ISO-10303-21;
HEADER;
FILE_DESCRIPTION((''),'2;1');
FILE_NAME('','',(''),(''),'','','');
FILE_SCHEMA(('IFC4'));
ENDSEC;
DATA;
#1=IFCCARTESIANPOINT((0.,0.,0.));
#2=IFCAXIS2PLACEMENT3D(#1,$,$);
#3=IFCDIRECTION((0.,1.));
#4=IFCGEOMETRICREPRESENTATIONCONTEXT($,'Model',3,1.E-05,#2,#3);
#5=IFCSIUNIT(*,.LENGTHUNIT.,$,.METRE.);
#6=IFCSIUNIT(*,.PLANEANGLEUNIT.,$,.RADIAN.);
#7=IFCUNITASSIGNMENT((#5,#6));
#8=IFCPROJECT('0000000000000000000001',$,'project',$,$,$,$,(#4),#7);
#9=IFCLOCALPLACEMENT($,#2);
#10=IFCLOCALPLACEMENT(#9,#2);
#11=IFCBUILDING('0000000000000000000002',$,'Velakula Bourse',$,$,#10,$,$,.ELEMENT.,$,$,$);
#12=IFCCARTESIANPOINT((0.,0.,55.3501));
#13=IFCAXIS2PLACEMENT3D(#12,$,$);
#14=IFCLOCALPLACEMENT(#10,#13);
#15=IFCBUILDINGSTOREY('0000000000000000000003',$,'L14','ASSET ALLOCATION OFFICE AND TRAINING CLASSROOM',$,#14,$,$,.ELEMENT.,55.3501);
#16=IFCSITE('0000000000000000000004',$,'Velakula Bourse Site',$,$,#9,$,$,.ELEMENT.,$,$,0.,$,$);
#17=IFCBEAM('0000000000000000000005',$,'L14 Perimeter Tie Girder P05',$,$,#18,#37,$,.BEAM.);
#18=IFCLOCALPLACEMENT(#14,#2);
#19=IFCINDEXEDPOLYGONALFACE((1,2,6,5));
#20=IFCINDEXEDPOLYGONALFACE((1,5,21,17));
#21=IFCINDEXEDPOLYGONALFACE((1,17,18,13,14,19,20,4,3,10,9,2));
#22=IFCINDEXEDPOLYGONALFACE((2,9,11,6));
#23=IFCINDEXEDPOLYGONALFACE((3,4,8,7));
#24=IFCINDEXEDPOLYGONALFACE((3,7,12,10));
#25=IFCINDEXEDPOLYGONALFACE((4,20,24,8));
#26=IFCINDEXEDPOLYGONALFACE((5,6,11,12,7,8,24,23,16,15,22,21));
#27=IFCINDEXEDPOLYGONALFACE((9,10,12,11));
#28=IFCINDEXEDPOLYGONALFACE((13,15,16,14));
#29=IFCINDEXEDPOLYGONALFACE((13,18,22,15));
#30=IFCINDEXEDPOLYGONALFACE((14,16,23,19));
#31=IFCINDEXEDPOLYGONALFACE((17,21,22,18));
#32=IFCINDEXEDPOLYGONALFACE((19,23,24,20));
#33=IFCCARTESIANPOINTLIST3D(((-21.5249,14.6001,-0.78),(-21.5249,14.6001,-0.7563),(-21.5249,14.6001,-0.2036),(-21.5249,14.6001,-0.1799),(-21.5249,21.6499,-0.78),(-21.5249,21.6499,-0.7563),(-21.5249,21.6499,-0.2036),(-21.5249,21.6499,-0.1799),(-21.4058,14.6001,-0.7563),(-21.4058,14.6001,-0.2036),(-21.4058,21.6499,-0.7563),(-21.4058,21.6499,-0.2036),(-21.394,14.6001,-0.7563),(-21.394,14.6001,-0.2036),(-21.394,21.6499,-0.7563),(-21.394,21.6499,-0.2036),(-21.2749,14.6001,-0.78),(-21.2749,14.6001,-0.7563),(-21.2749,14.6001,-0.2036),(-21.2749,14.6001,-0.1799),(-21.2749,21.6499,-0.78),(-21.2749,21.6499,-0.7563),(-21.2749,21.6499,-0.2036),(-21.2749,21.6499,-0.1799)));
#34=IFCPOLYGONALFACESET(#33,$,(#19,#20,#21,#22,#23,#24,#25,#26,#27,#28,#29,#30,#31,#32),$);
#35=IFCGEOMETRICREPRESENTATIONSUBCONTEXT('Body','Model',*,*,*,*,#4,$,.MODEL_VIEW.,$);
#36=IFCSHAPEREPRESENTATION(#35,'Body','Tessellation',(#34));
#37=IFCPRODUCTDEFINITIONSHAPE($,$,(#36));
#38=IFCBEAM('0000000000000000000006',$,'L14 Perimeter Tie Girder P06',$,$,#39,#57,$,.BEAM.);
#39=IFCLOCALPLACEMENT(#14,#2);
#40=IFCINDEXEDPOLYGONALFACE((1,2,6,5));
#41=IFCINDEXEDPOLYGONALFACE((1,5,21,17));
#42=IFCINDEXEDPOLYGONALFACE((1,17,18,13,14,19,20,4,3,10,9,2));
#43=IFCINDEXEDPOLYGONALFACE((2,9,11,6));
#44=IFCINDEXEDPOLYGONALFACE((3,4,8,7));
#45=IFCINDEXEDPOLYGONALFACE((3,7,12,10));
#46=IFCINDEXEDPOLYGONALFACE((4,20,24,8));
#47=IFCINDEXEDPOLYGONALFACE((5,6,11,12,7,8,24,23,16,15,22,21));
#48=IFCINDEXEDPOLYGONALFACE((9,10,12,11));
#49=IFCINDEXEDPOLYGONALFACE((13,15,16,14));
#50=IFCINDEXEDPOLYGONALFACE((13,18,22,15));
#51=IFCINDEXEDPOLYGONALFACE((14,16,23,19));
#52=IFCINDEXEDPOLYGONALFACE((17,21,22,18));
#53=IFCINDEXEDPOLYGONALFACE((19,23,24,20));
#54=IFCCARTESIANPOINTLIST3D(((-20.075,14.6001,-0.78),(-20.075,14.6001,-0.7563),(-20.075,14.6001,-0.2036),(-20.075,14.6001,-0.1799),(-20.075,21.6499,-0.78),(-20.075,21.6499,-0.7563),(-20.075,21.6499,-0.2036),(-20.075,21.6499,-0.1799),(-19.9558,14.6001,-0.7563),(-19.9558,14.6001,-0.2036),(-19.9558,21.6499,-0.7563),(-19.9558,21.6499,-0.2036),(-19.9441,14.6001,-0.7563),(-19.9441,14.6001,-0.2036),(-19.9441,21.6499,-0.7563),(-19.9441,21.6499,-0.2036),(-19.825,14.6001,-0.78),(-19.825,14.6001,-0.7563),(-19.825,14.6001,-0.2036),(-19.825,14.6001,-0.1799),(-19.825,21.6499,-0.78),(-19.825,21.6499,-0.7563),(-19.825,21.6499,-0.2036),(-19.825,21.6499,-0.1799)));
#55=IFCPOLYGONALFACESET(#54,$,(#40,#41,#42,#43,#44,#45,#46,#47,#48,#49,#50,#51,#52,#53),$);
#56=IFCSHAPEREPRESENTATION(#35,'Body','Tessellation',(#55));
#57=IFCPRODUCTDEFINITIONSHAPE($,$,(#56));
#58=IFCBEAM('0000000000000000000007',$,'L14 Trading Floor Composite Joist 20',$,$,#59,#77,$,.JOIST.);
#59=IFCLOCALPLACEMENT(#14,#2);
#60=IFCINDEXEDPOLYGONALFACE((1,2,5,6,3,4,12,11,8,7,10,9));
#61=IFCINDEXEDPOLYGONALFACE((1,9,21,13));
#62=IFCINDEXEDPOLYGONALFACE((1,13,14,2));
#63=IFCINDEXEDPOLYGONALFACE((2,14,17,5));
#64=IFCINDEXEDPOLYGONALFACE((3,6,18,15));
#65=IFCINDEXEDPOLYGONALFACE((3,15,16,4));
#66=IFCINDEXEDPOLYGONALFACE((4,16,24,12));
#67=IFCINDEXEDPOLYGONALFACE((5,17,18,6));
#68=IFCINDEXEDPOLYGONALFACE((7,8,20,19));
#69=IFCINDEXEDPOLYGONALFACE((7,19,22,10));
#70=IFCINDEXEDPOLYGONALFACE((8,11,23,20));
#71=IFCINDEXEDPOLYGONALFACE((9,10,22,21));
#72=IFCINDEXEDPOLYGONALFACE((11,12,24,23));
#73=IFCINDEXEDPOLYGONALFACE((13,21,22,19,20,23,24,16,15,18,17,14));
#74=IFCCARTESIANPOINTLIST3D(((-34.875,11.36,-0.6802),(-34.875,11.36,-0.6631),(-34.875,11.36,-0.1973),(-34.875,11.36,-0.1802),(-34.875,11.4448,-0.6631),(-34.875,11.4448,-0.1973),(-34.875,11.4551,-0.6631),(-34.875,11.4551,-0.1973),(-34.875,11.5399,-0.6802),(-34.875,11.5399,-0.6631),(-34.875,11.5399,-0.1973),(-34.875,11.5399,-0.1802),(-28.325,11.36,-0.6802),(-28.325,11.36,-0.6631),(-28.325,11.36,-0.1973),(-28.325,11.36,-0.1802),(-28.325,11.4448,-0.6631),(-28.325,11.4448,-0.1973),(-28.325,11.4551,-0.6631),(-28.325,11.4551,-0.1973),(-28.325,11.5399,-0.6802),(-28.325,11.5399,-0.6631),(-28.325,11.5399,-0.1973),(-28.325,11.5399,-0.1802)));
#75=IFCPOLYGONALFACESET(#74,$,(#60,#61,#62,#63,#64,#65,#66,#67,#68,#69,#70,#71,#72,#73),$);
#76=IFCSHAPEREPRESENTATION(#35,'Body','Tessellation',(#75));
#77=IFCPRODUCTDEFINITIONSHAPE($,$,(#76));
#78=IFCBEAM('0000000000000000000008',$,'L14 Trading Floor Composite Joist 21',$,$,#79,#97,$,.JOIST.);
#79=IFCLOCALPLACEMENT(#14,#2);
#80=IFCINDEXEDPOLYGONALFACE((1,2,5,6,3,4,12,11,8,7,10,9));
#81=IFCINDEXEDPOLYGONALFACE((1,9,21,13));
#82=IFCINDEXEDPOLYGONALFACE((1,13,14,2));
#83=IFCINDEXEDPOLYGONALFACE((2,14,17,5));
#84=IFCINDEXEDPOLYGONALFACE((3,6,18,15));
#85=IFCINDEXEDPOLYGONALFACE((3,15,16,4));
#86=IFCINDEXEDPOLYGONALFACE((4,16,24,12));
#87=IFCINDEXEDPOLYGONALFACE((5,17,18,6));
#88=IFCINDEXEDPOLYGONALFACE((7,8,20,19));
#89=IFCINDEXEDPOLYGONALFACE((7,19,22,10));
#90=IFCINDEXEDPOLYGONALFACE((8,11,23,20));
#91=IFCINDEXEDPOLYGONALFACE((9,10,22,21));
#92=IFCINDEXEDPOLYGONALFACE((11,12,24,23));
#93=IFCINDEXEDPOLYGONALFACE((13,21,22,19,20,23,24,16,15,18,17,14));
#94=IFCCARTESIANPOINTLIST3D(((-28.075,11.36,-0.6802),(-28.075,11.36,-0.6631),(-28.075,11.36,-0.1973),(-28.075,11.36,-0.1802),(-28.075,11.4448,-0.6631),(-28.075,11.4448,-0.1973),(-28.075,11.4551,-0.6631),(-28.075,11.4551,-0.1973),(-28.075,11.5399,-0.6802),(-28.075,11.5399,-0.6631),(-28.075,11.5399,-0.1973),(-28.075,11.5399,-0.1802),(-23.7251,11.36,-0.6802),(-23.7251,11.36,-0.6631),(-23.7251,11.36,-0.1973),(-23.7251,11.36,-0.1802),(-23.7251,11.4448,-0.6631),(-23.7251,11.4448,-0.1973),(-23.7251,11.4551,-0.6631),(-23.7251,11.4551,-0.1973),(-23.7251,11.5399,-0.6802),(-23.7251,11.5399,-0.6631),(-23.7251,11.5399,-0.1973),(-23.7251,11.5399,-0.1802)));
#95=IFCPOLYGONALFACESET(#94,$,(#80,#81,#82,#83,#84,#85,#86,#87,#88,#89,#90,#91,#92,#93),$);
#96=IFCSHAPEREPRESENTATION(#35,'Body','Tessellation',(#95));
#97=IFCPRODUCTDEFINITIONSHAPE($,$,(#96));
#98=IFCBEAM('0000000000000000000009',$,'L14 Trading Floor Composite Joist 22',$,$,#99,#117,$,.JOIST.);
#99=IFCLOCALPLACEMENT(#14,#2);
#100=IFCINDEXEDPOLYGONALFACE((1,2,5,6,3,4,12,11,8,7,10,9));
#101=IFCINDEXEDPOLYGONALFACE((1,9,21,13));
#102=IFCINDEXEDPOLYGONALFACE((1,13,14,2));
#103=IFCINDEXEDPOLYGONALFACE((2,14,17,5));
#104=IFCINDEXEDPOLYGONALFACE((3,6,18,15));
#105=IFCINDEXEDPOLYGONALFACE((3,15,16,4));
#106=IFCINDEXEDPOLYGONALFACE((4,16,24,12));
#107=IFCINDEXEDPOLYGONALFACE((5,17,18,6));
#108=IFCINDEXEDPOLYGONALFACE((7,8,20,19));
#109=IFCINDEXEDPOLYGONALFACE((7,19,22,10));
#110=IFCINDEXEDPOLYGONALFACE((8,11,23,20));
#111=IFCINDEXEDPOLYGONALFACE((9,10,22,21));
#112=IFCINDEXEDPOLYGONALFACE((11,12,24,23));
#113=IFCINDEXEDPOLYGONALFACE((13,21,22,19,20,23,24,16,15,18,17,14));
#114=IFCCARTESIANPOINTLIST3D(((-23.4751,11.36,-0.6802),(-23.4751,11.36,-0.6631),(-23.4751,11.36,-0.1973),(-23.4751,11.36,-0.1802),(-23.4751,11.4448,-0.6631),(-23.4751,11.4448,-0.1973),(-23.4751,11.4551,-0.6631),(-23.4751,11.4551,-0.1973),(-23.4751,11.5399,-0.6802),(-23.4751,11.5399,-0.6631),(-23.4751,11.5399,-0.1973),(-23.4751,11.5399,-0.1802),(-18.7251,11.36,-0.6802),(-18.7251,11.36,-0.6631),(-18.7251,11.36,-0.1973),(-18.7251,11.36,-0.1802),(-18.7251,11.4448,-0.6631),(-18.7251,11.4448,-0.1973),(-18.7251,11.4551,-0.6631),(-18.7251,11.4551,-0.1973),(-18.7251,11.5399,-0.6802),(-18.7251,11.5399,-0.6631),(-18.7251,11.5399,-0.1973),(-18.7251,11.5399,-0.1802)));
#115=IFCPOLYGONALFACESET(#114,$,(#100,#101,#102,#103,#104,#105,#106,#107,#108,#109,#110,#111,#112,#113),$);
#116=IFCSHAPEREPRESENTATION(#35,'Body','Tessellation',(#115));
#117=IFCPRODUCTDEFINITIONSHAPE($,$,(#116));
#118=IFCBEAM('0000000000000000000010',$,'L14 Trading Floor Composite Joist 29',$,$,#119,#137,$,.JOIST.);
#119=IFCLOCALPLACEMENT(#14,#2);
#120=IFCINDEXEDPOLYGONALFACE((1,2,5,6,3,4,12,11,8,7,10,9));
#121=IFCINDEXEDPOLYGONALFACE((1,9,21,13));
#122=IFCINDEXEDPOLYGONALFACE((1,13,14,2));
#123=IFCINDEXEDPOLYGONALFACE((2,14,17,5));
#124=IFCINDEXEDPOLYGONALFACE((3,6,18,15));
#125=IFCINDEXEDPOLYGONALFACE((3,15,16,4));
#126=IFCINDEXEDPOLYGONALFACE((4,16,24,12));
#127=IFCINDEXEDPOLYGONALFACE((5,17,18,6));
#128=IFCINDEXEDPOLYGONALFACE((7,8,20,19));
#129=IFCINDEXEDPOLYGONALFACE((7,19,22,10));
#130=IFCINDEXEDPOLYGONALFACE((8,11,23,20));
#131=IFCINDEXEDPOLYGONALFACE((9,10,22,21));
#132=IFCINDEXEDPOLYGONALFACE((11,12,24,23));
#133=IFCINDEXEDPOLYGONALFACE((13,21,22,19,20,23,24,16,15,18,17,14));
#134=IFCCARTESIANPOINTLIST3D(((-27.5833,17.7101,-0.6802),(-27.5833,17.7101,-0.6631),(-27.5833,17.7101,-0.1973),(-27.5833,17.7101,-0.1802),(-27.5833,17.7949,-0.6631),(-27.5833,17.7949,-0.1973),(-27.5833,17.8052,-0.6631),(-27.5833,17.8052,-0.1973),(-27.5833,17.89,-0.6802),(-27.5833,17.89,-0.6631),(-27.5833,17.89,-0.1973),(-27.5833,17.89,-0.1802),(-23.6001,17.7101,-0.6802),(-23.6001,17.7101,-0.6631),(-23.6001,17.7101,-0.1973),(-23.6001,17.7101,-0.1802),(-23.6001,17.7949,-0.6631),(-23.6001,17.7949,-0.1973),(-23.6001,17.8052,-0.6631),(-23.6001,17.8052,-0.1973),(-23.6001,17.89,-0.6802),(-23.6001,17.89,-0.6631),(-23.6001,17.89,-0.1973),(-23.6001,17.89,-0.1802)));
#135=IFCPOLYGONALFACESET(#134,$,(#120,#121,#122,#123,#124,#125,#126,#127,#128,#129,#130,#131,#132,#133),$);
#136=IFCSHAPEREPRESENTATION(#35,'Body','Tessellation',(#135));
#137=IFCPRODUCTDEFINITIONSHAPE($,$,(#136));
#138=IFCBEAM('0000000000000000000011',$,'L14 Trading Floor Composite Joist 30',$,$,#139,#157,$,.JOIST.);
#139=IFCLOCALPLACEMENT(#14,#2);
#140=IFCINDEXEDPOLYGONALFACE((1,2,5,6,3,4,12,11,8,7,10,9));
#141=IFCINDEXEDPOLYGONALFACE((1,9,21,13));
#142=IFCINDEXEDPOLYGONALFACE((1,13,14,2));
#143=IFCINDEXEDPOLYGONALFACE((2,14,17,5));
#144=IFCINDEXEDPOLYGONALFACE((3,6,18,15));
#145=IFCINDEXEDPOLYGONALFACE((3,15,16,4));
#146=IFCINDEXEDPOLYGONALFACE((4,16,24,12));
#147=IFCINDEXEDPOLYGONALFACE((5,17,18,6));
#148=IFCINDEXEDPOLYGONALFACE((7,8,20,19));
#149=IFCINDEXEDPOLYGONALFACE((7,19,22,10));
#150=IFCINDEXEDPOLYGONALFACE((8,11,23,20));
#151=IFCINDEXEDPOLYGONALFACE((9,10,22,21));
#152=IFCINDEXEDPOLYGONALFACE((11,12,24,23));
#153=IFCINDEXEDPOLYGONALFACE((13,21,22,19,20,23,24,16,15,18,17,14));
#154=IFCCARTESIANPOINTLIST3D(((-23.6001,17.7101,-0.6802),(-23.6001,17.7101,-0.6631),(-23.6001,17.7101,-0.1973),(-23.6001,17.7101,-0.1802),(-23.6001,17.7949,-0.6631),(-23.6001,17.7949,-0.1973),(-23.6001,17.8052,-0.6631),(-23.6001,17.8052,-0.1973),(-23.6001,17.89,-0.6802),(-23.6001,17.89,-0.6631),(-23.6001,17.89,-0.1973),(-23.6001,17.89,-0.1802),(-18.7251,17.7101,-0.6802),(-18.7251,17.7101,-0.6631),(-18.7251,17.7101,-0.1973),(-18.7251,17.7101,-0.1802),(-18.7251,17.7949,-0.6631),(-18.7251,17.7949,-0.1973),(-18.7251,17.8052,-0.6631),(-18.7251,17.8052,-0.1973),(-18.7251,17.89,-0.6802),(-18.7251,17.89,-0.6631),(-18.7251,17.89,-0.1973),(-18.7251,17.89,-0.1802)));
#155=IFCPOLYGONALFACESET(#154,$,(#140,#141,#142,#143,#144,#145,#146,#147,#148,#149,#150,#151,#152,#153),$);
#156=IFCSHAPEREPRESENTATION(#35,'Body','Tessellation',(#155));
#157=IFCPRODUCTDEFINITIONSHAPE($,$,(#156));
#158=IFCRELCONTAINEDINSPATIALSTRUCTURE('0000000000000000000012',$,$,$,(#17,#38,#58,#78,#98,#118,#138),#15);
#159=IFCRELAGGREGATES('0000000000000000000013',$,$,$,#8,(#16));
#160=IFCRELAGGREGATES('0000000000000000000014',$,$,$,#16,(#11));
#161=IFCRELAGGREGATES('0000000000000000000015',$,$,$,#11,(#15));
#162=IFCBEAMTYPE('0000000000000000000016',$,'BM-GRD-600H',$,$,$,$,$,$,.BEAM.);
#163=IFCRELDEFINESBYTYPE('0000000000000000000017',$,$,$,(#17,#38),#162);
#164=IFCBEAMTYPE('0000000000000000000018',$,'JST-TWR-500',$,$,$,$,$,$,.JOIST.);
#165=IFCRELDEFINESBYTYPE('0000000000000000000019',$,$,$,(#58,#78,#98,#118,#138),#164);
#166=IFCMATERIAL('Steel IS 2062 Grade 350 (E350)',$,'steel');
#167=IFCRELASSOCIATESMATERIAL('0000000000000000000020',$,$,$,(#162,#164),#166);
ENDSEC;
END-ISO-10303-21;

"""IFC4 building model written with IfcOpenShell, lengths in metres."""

from ifc_helpers import new_model, si_unit, direction, frame, origin, origin_2d, place, context, subcontext, project, spatial, i_section, extrude, material, material_profile, profile_set, type_object, element, save


model = new_model("IFC4")

# Units and contexts
model_context = context("Model", 3, precision=1e-05, world=origin(), true_north=direction((0.0, 1.0)))
body_context = subcontext(model_context, "Body", "Model", "MODEL_VIEW")
ifc_project = project(units=[si_unit("LENGTHUNIT", "METRE"), si_unit("PLANEANGLEUNIT", "RADIAN")], contexts=[model_context])

# Site, building, storey
site_placement = place(None, origin())
site = spatial("IfcSite", under=ifc_project, at=site_placement, Name="Velakula Bourse Site", CompositionType="ELEMENT", RefElevation=0.0)
building_placement = place(site_placement, origin())
building = spatial("IfcBuilding", under=site, at=building_placement, Name="Velakula Bourse", CompositionType="ELEMENT")
storey_placement = place(building_placement, frame((0.0, 0.0, 55.3501)))
storey = spatial("IfcBuildingStorey", under=building, at=storey_placement, Name="L14", Description="ASSET ALLOCATION OFFICE AND TRAINING CLASSROOM", CompositionType="ELEMENT", Elevation=55.3501)

# Beams
ifc_material_1 = material(Name="Steel IS 2062 Grade 350 (E350)", Category="steel")
ifc_material_profile_1 = material_profile(ifc_material_1, i_section(OverallWidth=0.25, OverallDepth=0.6001, WebThickness=0.0117, FlangeThickness=0.0237, at=origin_2d()), Name="Steel IS 2062 Grade 350 (E350)")
ifc_profile_set_1 = profile_set([ifc_material_profile_1], Name="Steel IS 2062 Grade 350 (E350)")
beam_type_1 = type_object("IfcBeamType", Name="BM-GRD-600H", PredefinedType="BEAM", material=ifc_profile_set_1)
for number, where, z_axis, x_axis, name in (
    (1, (-21.3999, 14.6001, -0.48), (0.0, 1.0, 0.0), (-1.0, 0.0, 0.0), "L14 Perimeter Tie Girder P05"),
    (2, (-19.95, 14.6001, -0.48), (0.0, 1.0, 0.0), (-1.0, 0.0, 0.0), "L14 Perimeter Tie Girder P06"),
):
    element("IfcBeam", number, at=place(storey_placement, frame(where, z_axis=z_axis, x_axis=x_axis)), inside=storey, type_object=beam_type_1, Name=name, PredefinedType="BEAM", context=body_context, shape_type="SweptSolid", body=[
        extrude(i_section(OverallWidth=0.25, OverallDepth=0.6001, WebThickness=0.0117, FlangeThickness=0.0237, at=origin_2d()), origin(), (0.0, 0.0, 1.0), 7.0498),
    ])
ifc_material_profile_2 = material_profile(ifc_material_1, i_section(OverallWidth=0.1799, OverallDepth=0.5, WebThickness=0.0103, FlangeThickness=0.0171, at=origin_2d()), Name="Steel IS 2062 Grade 350 (E350)")
ifc_profile_set_2 = profile_set([ifc_material_profile_2], Name="Steel IS 2062 Grade 350 (E350)")
beam_type_2 = type_object("IfcBeamType", Name="JST-TWR-500", PredefinedType="JOIST", material=ifc_profile_set_2)
beam_1_placement = place(storey_placement, frame((-34.875, 11.45, -0.4302), z_axis=(1.0, 0.0, 0.0), x_axis=(0.0, 1.0, 0.0)))
element("IfcBeam", 3, at=beam_1_placement, inside=storey, type_object=beam_type_2, Name="L14 Trading Floor Composite Joist 20", PredefinedType="JOIST", context=body_context, shape_type="SweptSolid", body=[
    extrude(i_section(OverallWidth=0.1799, OverallDepth=0.5, WebThickness=0.0103, FlangeThickness=0.0171, at=origin_2d()), origin(), (0.0, 0.0, 1.0), 6.55),
])
beam_2_placement = place(storey_placement, frame((-28.075, 11.45, -0.4302), z_axis=(1.0, 0.0, 0.0), x_axis=(0.0, 1.0, 0.0)))
element("IfcBeam", 4, at=beam_2_placement, inside=storey, type_object=beam_type_2, Name="L14 Trading Floor Composite Joist 21", PredefinedType="JOIST", context=body_context, shape_type="SweptSolid", body=[
    extrude(i_section(OverallWidth=0.1799, OverallDepth=0.5, WebThickness=0.0103, FlangeThickness=0.0171, at=origin_2d()), origin(), (0.0, 0.0, 1.0), 4.3499),
])
beam_3_placement = place(storey_placement, frame((-23.4751, 11.45, -0.4302), z_axis=(1.0, 0.0, 0.0), x_axis=(0.0, 1.0, 0.0)))
element("IfcBeam", 5, at=beam_3_placement, inside=storey, type_object=beam_type_2, Name="L14 Trading Floor Composite Joist 22", PredefinedType="JOIST", context=body_context, shape_type="SweptSolid", body=[
    extrude(i_section(OverallWidth=0.1799, OverallDepth=0.5, WebThickness=0.0103, FlangeThickness=0.0171, at=origin_2d()), origin(), (0.0, 0.0, 1.0), 4.75),
])
beam_4_placement = place(storey_placement, frame((-27.5833, 17.8, -0.4302), z_axis=(1.0, 0.0, 0.0), x_axis=(0.0, 1.0, 0.0)))
element("IfcBeam", 6, at=beam_4_placement, inside=storey, type_object=beam_type_2, Name="L14 Trading Floor Composite Joist 29", PredefinedType="JOIST", context=body_context, shape_type="SweptSolid", body=[
    extrude(i_section(OverallWidth=0.1799, OverallDepth=0.5, WebThickness=0.0103, FlangeThickness=0.0171, at=origin_2d()), origin(), (0.0, 0.0, 1.0), 3.9832),
])
beam_5_placement = place(storey_placement, frame((-23.6001, 17.8, -0.4302), z_axis=(1.0, 0.0, 0.0), x_axis=(0.0, 1.0, 0.0)))
element("IfcBeam", 7, at=beam_5_placement, inside=storey, type_object=beam_type_2, Name="L14 Trading Floor Composite Joist 30", PredefinedType="JOIST", context=body_context, shape_type="SweptSolid", body=[
    extrude(i_section(OverallWidth=0.1799, OverallDepth=0.5, WebThickness=0.0103, FlangeThickness=0.0171, at=origin_2d()), origin(), (0.0, 0.0, 1.0), 4.875),
])

save(model, "model.ifc")
